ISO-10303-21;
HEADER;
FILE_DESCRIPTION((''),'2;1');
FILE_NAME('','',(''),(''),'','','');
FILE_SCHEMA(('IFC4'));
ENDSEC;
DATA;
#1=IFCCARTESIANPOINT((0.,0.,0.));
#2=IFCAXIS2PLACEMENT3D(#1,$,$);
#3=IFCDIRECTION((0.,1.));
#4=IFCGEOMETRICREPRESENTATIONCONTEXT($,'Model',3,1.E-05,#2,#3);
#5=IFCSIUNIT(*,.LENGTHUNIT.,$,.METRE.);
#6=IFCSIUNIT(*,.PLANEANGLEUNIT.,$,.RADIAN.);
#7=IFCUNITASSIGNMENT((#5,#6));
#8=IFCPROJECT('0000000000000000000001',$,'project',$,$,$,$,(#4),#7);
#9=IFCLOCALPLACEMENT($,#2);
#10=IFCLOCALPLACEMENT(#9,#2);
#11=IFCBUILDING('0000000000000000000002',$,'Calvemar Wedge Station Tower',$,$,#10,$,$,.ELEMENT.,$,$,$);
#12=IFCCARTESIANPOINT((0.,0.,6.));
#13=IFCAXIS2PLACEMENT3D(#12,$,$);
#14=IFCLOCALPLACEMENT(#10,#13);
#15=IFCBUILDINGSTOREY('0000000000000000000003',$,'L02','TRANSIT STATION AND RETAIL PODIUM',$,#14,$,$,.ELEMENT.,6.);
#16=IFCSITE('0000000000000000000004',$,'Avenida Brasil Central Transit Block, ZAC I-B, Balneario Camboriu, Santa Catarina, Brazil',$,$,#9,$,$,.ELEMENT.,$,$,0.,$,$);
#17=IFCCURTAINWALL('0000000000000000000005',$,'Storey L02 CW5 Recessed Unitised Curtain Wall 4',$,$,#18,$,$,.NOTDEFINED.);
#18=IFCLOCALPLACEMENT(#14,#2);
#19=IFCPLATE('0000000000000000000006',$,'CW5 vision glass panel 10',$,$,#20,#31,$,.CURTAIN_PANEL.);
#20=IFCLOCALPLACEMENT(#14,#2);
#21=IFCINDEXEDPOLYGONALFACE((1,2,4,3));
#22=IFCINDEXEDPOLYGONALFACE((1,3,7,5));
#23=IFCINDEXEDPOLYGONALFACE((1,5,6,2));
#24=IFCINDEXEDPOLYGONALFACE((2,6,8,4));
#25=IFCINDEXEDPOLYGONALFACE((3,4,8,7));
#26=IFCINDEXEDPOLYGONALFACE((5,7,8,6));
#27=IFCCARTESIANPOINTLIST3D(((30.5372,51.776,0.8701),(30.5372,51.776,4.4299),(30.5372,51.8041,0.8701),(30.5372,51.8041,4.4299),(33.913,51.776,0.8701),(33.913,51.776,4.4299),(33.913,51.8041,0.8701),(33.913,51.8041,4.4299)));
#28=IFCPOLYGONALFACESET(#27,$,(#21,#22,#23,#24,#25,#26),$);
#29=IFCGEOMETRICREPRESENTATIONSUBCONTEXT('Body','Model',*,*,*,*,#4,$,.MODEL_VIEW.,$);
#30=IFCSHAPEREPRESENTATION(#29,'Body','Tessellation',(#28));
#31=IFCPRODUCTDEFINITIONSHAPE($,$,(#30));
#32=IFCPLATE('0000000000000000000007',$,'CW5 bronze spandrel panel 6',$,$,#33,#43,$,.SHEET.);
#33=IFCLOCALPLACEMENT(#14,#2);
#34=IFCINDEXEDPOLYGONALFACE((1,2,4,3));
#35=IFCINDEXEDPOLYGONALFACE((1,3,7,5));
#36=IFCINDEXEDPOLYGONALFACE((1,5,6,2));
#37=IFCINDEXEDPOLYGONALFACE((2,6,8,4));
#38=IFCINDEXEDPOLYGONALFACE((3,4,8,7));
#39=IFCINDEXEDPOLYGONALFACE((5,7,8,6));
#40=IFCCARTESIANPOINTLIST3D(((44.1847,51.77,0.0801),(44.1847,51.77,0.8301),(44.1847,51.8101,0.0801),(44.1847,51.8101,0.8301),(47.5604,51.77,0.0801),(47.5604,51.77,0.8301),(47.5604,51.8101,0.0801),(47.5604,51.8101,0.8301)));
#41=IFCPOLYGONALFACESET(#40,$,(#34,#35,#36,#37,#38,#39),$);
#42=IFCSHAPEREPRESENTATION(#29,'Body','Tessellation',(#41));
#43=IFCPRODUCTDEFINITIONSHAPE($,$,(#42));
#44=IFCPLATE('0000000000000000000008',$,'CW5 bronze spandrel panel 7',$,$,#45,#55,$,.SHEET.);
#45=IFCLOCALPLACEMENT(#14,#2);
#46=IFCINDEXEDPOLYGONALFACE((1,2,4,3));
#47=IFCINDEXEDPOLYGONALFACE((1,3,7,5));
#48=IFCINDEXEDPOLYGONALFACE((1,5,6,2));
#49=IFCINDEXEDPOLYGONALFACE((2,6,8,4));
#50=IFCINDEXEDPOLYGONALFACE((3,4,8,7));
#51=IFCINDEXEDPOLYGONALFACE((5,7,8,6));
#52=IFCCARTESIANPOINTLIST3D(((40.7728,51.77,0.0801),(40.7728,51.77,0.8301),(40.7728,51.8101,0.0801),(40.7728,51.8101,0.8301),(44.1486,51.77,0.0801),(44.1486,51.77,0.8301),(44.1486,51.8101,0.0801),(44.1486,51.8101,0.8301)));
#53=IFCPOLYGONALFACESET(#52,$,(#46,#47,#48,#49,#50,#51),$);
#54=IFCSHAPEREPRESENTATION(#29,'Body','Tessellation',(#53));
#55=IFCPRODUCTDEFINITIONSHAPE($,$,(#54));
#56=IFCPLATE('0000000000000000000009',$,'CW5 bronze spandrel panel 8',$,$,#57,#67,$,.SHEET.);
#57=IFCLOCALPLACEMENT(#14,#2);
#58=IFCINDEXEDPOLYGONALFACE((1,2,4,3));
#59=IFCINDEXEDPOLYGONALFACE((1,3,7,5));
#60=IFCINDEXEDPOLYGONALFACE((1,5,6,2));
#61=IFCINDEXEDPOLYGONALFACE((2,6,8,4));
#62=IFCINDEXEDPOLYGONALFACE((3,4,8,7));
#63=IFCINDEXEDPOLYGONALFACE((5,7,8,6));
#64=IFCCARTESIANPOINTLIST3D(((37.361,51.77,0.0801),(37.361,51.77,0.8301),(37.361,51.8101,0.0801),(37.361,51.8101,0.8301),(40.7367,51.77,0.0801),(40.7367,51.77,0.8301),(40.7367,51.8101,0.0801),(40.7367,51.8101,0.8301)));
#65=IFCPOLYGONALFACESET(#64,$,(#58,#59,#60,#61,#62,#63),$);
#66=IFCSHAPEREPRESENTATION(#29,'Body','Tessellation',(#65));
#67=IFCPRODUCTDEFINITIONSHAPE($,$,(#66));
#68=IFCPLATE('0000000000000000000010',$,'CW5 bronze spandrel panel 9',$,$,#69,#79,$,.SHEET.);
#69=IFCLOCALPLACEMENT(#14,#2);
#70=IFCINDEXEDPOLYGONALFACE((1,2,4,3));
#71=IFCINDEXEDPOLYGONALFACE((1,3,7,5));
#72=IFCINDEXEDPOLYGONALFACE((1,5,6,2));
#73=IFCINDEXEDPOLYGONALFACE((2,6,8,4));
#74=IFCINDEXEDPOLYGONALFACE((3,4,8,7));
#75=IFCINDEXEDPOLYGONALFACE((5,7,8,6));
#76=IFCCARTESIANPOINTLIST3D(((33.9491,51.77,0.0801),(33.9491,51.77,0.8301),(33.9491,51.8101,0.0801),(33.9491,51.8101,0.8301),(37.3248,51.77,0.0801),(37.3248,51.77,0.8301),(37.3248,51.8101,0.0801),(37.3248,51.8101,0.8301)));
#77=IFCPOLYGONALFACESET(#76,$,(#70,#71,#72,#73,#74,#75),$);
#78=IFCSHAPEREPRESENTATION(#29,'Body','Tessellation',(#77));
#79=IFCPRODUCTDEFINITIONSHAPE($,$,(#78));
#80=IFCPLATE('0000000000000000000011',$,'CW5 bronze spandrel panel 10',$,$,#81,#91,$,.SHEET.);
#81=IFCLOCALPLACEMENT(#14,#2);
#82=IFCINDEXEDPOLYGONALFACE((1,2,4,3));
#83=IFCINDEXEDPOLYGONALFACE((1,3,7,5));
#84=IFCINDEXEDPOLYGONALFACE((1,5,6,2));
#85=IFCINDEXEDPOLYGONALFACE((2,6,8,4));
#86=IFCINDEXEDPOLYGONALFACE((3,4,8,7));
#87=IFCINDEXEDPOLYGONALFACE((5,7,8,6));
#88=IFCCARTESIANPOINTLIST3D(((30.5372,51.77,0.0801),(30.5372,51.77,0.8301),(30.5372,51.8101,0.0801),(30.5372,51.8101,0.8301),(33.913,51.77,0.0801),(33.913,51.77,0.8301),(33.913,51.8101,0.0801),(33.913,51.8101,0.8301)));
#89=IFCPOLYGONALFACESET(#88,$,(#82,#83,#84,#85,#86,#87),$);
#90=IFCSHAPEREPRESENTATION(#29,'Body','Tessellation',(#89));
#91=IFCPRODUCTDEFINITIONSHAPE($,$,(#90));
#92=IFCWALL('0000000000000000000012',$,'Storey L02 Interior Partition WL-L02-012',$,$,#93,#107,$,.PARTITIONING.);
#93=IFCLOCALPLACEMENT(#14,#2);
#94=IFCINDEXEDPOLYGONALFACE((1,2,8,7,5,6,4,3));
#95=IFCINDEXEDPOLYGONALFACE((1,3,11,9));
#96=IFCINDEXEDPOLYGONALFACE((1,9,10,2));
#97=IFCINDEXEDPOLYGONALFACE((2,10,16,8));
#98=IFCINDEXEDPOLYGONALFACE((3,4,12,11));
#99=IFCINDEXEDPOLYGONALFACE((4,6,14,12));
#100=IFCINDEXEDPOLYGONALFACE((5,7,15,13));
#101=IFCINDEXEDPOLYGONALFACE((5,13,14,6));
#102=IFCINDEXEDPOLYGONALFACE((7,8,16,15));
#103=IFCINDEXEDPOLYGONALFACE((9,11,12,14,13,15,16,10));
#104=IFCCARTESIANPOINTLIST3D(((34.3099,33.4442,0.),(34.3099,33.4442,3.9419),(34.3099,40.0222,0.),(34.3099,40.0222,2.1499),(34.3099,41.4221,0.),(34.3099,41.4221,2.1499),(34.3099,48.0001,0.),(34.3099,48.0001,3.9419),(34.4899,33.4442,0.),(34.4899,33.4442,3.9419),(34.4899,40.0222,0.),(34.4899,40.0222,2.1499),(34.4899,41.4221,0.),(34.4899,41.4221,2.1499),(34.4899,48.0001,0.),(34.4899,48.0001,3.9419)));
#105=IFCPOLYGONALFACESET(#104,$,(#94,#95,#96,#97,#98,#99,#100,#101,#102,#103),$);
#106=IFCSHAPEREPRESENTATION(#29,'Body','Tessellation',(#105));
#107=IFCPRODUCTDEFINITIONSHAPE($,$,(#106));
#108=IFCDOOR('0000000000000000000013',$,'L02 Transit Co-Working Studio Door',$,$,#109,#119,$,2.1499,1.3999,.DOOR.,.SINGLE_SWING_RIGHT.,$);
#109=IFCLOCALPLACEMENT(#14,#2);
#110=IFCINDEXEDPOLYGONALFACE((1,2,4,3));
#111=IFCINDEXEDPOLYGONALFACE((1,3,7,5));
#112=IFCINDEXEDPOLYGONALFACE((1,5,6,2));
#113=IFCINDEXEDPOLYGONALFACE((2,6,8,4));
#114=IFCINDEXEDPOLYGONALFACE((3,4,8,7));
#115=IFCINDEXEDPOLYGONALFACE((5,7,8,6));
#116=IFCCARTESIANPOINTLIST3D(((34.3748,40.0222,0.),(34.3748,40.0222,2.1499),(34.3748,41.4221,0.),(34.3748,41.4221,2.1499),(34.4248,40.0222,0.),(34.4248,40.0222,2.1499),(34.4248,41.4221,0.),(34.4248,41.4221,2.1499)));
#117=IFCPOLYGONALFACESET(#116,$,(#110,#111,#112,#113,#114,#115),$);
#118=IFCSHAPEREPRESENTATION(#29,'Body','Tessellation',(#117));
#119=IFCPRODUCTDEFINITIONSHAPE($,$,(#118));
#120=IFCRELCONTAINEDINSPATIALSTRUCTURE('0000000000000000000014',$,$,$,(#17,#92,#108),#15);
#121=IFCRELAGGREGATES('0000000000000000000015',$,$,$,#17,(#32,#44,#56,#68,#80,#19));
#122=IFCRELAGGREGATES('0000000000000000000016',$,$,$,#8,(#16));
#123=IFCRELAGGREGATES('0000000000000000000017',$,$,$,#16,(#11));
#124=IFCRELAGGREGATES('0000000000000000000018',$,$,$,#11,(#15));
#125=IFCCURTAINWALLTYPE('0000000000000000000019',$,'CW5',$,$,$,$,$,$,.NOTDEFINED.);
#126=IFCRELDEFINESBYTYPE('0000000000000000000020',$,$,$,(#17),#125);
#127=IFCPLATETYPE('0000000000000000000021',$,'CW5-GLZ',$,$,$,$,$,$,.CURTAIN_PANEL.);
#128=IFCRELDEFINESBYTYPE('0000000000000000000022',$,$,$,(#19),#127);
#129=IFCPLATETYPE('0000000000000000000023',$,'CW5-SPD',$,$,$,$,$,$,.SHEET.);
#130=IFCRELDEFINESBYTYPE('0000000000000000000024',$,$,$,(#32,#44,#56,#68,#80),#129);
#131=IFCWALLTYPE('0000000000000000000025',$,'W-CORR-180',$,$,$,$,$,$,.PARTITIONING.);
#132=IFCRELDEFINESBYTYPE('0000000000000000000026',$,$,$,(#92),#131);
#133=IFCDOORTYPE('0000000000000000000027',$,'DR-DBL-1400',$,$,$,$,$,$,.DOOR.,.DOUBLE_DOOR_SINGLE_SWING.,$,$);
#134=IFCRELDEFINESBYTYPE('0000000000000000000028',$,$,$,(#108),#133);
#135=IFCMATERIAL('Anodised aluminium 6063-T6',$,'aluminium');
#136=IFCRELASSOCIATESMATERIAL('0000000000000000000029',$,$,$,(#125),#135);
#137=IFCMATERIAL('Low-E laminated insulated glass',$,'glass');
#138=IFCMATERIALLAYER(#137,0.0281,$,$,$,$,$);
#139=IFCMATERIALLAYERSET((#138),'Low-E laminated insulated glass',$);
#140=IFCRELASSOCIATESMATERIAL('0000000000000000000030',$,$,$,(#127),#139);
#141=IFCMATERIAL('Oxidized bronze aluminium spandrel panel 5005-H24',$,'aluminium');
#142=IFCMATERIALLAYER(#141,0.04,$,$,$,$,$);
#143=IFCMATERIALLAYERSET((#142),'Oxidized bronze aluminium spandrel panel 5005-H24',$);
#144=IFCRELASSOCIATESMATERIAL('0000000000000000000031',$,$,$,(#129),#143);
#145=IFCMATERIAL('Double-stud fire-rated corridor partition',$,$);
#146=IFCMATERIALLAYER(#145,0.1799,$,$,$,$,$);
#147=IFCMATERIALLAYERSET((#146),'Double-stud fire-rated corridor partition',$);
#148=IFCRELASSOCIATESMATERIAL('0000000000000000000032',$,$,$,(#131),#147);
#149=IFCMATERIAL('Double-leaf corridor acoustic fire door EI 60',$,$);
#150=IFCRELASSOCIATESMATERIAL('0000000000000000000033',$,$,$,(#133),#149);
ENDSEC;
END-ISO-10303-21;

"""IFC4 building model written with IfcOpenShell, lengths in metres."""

from ifc_helpers import new_model, si_unit, direction, frame, frame_2d, origin, place, context, subcontext, project, spatial, rectangle, extrude, source, transform, mapped, material, layer, layer_set, type_object, element, fill, aggregate, save


model = new_model("IFC4")

# Units and contexts
model_context = context("Model", 3, precision=1e-05, world=origin(), true_north=direction((0.0, 1.0)))
body_context = subcontext(model_context, "Body", "Model", "MODEL_VIEW")
ifc_project = project(units=[si_unit("LENGTHUNIT", "METRE"), si_unit("PLANEANGLEUNIT", "RADIAN")], contexts=[model_context])

# Site, building, storey
site_placement = place(None, origin())
site = spatial("IfcSite", under=ifc_project, at=site_placement, Name="Avenida Brasil Central Transit Block, ZAC I-B, Balneario Camboriu, Santa Catarina, Brazil", CompositionType="ELEMENT", RefElevation=0.0)
building_placement = place(site_placement, origin())
building = spatial("IfcBuilding", under=site, at=building_placement, Name="Calvemar Wedge Station Tower", CompositionType="ELEMENT")
storey_placement = place(building_placement, frame((0.0, 0.0, 6.0)))
storey = spatial("IfcBuildingStorey", under=building, at=storey_placement, Name="L02", Description="TRANSIT STATION AND RETAIL PODIUM", CompositionType="ELEMENT", Elevation=6.0)

# Curtain wall, plates
ifc_material_1 = material(Name="Anodised aluminium 6063-T6", Category="aluminium")
curtain_wall_type = type_object("IfcCurtainWallType", Name="CW5", PredefinedType="NOTDEFINED", material=ifc_material_1)
curtain_wall_placement = place(storey_placement, origin())
curtain_wall = element("IfcCurtainWall", 1, at=curtain_wall_placement, inside=storey, type_object=curtain_wall_type, Name="Storey L02 CW5 Recessed Unitised Curtain Wall 4", PredefinedType="NOTDEFINED")
ifc_material_2 = material(Name="Low-E laminated insulated glass", Category="glass")
ifc_layer_1 = layer(ifc_material_2, 0.0281)
ifc_layer_set_1 = layer_set([ifc_layer_1], Name="Low-E laminated insulated glass")
plate_type_1 = type_object("IfcPlateType", Name="CW5-GLZ", PredefinedType="CURTAIN_PANEL", material=ifc_layer_set_1)
plate_1_placement = place(storey_placement, frame((33.9131, 51.79, 0.8701), z_axis=(0.0, 0.0, 1.0), x_axis=(-1.0, 0.0, 0.0)))
plate_1 = element("IfcPlate", 2, at=plate_1_placement, type_object=plate_type_1, Name="CW5 vision glass panel 10", PredefinedType="CURTAIN_PANEL", context=body_context, shape_type="SweptSolid", body=[
    extrude(rectangle(XDim=3.3757, YDim=0.0281, at=frame_2d((1.688, 0.0))), origin(), (0.0, 0.0, 1.0), 3.5598),
])
ifc_material_3 = material(Name="Oxidized bronze aluminium spandrel panel 5005-H24", Category="aluminium")
ifc_layer_2 = layer(ifc_material_3, 0.04)
ifc_layer_set_2 = layer_set([ifc_layer_2], Name="Oxidized bronze aluminium spandrel panel 5005-H24")
plate_type_2 = type_object("IfcPlateType", Name="CW5-SPD", PredefinedType="SHEET", material=ifc_layer_set_2)
plate_2_placement = place(storey_placement, frame((47.5605, 51.79, 0.0801), z_axis=(0.0, 0.0, 1.0), x_axis=(-1.0, 0.0, 0.0)))
plate_2 = element("IfcPlate", 3, at=plate_2_placement, type_object=plate_type_2, Name="CW5 bronze spandrel panel 6", PredefinedType="SHEET", context=body_context, shape_type="SweptSolid", body=[
    extrude(rectangle(XDim=3.3757, YDim=0.04, at=frame_2d((1.688, 0.0))), origin(), (0.0, 0.0, 1.0), 0.75),
])
plate_3_placement = place(storey_placement, frame((44.1487, 51.79, 0.0801), z_axis=(0.0, 0.0, 1.0), x_axis=(-1.0, 0.0, 0.0)))
plate_3 = element("IfcPlate", 4, at=plate_3_placement, type_object=plate_type_2, Name="CW5 bronze spandrel panel 7", PredefinedType="SHEET", context=body_context, shape_type="SweptSolid", body=[
    extrude(rectangle(XDim=3.3757, YDim=0.04, at=frame_2d((1.688, 0.0))), origin(), (0.0, 0.0, 1.0), 0.75),
])
plate_4_placement = place(storey_placement, frame((40.7368, 51.79, 0.0801), z_axis=(0.0, 0.0, 1.0), x_axis=(-1.0, 0.0, 0.0)))
plate_4 = element("IfcPlate", 5, at=plate_4_placement, type_object=plate_type_2, Name="CW5 bronze spandrel panel 8", PredefinedType="SHEET", context=body_context, shape_type="SweptSolid", body=[
    extrude(rectangle(XDim=3.3757, YDim=0.04, at=frame_2d((1.688, 0.0))), origin(), (0.0, 0.0, 1.0), 0.75),
])
plate_5_placement = place(storey_placement, frame((37.325, 51.79, 0.0801), z_axis=(0.0, 0.0, 1.0), x_axis=(-1.0, 0.0, 0.0)))
plate_5 = element("IfcPlate", 6, at=plate_5_placement, type_object=plate_type_2, Name="CW5 bronze spandrel panel 9", PredefinedType="SHEET", context=body_context, shape_type="SweptSolid", body=[
    extrude(rectangle(XDim=3.3757, YDim=0.04, at=frame_2d((1.688, 0.0))), origin(), (0.0, 0.0, 1.0), 0.75),
])
plate_6_placement = place(storey_placement, frame((33.9131, 51.79, 0.0801), z_axis=(0.0, 0.0, 1.0), x_axis=(-1.0, 0.0, 0.0)))
plate_6 = element("IfcPlate", 7, at=plate_6_placement, type_object=plate_type_2, Name="CW5 bronze spandrel panel 10", PredefinedType="SHEET", context=body_context, shape_type="SweptSolid", body=[
    extrude(rectangle(XDim=3.3757, YDim=0.04, at=frame_2d((1.688, 0.0))), origin(), (0.0, 0.0, 1.0), 0.75),
])
aggregate(curtain_wall, [plate_2, plate_3, plate_4, plate_5, plate_6, plate_1])

# Wall, opening, door
ifc_material_4 = material(Name="Double-stud fire-rated corridor partition")
ifc_layer_3 = layer(ifc_material_4, 0.1799)
ifc_layer_set_3 = layer_set([ifc_layer_3], Name="Double-stud fire-rated corridor partition")
wall_type_1 = type_object("IfcWallType", Name="W-CORR-180", PredefinedType="PARTITIONING", material=ifc_layer_set_3)
wall_1_placement = place(storey_placement, frame((34.3999, 48.0, 0.0), z_axis=(0.0, 0.0, 1.0), x_axis=(0.0, -1.0, 0.0)))
wall_1 = element("IfcWall", 8, at=wall_1_placement, inside=storey, type_object=wall_type_1, Name="Storey L02 Interior Partition WL-L02-012", PredefinedType="PARTITIONING", context=body_context, shape_type="SweptSolid", body=[
    extrude(rectangle(XDim=14.5559, YDim=0.1799, at=frame_2d((7.2778, 0.0))), origin(), (0.0, 0.0, 1.0), 3.9419),
])
shared_shape_1 = source(origin(), body_context, "Body", "SweptSolid", [
    extrude(rectangle(XDim=1.3999, YDim=2.1499, at=frame_2d((0.7, 1.075))), frame((0.0, 0.1001, 0.0), z_axis=(0.0, -1.0, 0.0), x_axis=(1.0, 0.0, 0.0)), (0.0, 0.0, 1.0), 0.2),
])
opening_1_placement = place(wall_1_placement, frame((6.5779, 0.0, 0.0)))
opening_1 = element("IfcOpeningElement", 9, at=opening_1_placement, cuts=wall_1, PredefinedType="OPENING", context=body_context, shape_type="MappedRepresentation", body=[
    mapped(shared_shape_1, transform((0.0, 0.0, 0.0), scale=1.0)),
])
ifc_material_5 = material(Name="Double-leaf corridor acoustic fire door EI 60")
door_type_1 = type_object("IfcDoorType", Name="DR-DBL-1400", OperationType="DOUBLE_DOOR_SINGLE_SWING", PredefinedType="DOOR", material=ifc_material_5)
shared_shape_2 = source(origin(), body_context, "Body", "SweptSolid", [
    extrude(rectangle(XDim=1.3999, YDim=2.1499, at=frame_2d((0.7, 1.075))), frame((0.0, 0.0249, 0.0), z_axis=(0.0, -1.0, 0.0), x_axis=(1.0, 0.0, 0.0)), (0.0, 0.0, 1.0), 0.05),
])
door_1_placement = place(opening_1_placement, origin())
door_1 = element("IfcDoor", 10, at=door_1_placement, inside=storey, type_object=door_type_1, Name="L02 Transit Co-Working Studio Door", OperationType="SINGLE_SWING_RIGHT", OverallHeight=2.1499, OverallWidth=1.3999, PredefinedType="DOOR", context=body_context, shape_type="MappedRepresentation", body=[
    mapped(shared_shape_2, transform((0.0, 0.0, 0.0), scale=1.0)),
])
fill(opening_1, door_1)

save(model, "model.ifc")
